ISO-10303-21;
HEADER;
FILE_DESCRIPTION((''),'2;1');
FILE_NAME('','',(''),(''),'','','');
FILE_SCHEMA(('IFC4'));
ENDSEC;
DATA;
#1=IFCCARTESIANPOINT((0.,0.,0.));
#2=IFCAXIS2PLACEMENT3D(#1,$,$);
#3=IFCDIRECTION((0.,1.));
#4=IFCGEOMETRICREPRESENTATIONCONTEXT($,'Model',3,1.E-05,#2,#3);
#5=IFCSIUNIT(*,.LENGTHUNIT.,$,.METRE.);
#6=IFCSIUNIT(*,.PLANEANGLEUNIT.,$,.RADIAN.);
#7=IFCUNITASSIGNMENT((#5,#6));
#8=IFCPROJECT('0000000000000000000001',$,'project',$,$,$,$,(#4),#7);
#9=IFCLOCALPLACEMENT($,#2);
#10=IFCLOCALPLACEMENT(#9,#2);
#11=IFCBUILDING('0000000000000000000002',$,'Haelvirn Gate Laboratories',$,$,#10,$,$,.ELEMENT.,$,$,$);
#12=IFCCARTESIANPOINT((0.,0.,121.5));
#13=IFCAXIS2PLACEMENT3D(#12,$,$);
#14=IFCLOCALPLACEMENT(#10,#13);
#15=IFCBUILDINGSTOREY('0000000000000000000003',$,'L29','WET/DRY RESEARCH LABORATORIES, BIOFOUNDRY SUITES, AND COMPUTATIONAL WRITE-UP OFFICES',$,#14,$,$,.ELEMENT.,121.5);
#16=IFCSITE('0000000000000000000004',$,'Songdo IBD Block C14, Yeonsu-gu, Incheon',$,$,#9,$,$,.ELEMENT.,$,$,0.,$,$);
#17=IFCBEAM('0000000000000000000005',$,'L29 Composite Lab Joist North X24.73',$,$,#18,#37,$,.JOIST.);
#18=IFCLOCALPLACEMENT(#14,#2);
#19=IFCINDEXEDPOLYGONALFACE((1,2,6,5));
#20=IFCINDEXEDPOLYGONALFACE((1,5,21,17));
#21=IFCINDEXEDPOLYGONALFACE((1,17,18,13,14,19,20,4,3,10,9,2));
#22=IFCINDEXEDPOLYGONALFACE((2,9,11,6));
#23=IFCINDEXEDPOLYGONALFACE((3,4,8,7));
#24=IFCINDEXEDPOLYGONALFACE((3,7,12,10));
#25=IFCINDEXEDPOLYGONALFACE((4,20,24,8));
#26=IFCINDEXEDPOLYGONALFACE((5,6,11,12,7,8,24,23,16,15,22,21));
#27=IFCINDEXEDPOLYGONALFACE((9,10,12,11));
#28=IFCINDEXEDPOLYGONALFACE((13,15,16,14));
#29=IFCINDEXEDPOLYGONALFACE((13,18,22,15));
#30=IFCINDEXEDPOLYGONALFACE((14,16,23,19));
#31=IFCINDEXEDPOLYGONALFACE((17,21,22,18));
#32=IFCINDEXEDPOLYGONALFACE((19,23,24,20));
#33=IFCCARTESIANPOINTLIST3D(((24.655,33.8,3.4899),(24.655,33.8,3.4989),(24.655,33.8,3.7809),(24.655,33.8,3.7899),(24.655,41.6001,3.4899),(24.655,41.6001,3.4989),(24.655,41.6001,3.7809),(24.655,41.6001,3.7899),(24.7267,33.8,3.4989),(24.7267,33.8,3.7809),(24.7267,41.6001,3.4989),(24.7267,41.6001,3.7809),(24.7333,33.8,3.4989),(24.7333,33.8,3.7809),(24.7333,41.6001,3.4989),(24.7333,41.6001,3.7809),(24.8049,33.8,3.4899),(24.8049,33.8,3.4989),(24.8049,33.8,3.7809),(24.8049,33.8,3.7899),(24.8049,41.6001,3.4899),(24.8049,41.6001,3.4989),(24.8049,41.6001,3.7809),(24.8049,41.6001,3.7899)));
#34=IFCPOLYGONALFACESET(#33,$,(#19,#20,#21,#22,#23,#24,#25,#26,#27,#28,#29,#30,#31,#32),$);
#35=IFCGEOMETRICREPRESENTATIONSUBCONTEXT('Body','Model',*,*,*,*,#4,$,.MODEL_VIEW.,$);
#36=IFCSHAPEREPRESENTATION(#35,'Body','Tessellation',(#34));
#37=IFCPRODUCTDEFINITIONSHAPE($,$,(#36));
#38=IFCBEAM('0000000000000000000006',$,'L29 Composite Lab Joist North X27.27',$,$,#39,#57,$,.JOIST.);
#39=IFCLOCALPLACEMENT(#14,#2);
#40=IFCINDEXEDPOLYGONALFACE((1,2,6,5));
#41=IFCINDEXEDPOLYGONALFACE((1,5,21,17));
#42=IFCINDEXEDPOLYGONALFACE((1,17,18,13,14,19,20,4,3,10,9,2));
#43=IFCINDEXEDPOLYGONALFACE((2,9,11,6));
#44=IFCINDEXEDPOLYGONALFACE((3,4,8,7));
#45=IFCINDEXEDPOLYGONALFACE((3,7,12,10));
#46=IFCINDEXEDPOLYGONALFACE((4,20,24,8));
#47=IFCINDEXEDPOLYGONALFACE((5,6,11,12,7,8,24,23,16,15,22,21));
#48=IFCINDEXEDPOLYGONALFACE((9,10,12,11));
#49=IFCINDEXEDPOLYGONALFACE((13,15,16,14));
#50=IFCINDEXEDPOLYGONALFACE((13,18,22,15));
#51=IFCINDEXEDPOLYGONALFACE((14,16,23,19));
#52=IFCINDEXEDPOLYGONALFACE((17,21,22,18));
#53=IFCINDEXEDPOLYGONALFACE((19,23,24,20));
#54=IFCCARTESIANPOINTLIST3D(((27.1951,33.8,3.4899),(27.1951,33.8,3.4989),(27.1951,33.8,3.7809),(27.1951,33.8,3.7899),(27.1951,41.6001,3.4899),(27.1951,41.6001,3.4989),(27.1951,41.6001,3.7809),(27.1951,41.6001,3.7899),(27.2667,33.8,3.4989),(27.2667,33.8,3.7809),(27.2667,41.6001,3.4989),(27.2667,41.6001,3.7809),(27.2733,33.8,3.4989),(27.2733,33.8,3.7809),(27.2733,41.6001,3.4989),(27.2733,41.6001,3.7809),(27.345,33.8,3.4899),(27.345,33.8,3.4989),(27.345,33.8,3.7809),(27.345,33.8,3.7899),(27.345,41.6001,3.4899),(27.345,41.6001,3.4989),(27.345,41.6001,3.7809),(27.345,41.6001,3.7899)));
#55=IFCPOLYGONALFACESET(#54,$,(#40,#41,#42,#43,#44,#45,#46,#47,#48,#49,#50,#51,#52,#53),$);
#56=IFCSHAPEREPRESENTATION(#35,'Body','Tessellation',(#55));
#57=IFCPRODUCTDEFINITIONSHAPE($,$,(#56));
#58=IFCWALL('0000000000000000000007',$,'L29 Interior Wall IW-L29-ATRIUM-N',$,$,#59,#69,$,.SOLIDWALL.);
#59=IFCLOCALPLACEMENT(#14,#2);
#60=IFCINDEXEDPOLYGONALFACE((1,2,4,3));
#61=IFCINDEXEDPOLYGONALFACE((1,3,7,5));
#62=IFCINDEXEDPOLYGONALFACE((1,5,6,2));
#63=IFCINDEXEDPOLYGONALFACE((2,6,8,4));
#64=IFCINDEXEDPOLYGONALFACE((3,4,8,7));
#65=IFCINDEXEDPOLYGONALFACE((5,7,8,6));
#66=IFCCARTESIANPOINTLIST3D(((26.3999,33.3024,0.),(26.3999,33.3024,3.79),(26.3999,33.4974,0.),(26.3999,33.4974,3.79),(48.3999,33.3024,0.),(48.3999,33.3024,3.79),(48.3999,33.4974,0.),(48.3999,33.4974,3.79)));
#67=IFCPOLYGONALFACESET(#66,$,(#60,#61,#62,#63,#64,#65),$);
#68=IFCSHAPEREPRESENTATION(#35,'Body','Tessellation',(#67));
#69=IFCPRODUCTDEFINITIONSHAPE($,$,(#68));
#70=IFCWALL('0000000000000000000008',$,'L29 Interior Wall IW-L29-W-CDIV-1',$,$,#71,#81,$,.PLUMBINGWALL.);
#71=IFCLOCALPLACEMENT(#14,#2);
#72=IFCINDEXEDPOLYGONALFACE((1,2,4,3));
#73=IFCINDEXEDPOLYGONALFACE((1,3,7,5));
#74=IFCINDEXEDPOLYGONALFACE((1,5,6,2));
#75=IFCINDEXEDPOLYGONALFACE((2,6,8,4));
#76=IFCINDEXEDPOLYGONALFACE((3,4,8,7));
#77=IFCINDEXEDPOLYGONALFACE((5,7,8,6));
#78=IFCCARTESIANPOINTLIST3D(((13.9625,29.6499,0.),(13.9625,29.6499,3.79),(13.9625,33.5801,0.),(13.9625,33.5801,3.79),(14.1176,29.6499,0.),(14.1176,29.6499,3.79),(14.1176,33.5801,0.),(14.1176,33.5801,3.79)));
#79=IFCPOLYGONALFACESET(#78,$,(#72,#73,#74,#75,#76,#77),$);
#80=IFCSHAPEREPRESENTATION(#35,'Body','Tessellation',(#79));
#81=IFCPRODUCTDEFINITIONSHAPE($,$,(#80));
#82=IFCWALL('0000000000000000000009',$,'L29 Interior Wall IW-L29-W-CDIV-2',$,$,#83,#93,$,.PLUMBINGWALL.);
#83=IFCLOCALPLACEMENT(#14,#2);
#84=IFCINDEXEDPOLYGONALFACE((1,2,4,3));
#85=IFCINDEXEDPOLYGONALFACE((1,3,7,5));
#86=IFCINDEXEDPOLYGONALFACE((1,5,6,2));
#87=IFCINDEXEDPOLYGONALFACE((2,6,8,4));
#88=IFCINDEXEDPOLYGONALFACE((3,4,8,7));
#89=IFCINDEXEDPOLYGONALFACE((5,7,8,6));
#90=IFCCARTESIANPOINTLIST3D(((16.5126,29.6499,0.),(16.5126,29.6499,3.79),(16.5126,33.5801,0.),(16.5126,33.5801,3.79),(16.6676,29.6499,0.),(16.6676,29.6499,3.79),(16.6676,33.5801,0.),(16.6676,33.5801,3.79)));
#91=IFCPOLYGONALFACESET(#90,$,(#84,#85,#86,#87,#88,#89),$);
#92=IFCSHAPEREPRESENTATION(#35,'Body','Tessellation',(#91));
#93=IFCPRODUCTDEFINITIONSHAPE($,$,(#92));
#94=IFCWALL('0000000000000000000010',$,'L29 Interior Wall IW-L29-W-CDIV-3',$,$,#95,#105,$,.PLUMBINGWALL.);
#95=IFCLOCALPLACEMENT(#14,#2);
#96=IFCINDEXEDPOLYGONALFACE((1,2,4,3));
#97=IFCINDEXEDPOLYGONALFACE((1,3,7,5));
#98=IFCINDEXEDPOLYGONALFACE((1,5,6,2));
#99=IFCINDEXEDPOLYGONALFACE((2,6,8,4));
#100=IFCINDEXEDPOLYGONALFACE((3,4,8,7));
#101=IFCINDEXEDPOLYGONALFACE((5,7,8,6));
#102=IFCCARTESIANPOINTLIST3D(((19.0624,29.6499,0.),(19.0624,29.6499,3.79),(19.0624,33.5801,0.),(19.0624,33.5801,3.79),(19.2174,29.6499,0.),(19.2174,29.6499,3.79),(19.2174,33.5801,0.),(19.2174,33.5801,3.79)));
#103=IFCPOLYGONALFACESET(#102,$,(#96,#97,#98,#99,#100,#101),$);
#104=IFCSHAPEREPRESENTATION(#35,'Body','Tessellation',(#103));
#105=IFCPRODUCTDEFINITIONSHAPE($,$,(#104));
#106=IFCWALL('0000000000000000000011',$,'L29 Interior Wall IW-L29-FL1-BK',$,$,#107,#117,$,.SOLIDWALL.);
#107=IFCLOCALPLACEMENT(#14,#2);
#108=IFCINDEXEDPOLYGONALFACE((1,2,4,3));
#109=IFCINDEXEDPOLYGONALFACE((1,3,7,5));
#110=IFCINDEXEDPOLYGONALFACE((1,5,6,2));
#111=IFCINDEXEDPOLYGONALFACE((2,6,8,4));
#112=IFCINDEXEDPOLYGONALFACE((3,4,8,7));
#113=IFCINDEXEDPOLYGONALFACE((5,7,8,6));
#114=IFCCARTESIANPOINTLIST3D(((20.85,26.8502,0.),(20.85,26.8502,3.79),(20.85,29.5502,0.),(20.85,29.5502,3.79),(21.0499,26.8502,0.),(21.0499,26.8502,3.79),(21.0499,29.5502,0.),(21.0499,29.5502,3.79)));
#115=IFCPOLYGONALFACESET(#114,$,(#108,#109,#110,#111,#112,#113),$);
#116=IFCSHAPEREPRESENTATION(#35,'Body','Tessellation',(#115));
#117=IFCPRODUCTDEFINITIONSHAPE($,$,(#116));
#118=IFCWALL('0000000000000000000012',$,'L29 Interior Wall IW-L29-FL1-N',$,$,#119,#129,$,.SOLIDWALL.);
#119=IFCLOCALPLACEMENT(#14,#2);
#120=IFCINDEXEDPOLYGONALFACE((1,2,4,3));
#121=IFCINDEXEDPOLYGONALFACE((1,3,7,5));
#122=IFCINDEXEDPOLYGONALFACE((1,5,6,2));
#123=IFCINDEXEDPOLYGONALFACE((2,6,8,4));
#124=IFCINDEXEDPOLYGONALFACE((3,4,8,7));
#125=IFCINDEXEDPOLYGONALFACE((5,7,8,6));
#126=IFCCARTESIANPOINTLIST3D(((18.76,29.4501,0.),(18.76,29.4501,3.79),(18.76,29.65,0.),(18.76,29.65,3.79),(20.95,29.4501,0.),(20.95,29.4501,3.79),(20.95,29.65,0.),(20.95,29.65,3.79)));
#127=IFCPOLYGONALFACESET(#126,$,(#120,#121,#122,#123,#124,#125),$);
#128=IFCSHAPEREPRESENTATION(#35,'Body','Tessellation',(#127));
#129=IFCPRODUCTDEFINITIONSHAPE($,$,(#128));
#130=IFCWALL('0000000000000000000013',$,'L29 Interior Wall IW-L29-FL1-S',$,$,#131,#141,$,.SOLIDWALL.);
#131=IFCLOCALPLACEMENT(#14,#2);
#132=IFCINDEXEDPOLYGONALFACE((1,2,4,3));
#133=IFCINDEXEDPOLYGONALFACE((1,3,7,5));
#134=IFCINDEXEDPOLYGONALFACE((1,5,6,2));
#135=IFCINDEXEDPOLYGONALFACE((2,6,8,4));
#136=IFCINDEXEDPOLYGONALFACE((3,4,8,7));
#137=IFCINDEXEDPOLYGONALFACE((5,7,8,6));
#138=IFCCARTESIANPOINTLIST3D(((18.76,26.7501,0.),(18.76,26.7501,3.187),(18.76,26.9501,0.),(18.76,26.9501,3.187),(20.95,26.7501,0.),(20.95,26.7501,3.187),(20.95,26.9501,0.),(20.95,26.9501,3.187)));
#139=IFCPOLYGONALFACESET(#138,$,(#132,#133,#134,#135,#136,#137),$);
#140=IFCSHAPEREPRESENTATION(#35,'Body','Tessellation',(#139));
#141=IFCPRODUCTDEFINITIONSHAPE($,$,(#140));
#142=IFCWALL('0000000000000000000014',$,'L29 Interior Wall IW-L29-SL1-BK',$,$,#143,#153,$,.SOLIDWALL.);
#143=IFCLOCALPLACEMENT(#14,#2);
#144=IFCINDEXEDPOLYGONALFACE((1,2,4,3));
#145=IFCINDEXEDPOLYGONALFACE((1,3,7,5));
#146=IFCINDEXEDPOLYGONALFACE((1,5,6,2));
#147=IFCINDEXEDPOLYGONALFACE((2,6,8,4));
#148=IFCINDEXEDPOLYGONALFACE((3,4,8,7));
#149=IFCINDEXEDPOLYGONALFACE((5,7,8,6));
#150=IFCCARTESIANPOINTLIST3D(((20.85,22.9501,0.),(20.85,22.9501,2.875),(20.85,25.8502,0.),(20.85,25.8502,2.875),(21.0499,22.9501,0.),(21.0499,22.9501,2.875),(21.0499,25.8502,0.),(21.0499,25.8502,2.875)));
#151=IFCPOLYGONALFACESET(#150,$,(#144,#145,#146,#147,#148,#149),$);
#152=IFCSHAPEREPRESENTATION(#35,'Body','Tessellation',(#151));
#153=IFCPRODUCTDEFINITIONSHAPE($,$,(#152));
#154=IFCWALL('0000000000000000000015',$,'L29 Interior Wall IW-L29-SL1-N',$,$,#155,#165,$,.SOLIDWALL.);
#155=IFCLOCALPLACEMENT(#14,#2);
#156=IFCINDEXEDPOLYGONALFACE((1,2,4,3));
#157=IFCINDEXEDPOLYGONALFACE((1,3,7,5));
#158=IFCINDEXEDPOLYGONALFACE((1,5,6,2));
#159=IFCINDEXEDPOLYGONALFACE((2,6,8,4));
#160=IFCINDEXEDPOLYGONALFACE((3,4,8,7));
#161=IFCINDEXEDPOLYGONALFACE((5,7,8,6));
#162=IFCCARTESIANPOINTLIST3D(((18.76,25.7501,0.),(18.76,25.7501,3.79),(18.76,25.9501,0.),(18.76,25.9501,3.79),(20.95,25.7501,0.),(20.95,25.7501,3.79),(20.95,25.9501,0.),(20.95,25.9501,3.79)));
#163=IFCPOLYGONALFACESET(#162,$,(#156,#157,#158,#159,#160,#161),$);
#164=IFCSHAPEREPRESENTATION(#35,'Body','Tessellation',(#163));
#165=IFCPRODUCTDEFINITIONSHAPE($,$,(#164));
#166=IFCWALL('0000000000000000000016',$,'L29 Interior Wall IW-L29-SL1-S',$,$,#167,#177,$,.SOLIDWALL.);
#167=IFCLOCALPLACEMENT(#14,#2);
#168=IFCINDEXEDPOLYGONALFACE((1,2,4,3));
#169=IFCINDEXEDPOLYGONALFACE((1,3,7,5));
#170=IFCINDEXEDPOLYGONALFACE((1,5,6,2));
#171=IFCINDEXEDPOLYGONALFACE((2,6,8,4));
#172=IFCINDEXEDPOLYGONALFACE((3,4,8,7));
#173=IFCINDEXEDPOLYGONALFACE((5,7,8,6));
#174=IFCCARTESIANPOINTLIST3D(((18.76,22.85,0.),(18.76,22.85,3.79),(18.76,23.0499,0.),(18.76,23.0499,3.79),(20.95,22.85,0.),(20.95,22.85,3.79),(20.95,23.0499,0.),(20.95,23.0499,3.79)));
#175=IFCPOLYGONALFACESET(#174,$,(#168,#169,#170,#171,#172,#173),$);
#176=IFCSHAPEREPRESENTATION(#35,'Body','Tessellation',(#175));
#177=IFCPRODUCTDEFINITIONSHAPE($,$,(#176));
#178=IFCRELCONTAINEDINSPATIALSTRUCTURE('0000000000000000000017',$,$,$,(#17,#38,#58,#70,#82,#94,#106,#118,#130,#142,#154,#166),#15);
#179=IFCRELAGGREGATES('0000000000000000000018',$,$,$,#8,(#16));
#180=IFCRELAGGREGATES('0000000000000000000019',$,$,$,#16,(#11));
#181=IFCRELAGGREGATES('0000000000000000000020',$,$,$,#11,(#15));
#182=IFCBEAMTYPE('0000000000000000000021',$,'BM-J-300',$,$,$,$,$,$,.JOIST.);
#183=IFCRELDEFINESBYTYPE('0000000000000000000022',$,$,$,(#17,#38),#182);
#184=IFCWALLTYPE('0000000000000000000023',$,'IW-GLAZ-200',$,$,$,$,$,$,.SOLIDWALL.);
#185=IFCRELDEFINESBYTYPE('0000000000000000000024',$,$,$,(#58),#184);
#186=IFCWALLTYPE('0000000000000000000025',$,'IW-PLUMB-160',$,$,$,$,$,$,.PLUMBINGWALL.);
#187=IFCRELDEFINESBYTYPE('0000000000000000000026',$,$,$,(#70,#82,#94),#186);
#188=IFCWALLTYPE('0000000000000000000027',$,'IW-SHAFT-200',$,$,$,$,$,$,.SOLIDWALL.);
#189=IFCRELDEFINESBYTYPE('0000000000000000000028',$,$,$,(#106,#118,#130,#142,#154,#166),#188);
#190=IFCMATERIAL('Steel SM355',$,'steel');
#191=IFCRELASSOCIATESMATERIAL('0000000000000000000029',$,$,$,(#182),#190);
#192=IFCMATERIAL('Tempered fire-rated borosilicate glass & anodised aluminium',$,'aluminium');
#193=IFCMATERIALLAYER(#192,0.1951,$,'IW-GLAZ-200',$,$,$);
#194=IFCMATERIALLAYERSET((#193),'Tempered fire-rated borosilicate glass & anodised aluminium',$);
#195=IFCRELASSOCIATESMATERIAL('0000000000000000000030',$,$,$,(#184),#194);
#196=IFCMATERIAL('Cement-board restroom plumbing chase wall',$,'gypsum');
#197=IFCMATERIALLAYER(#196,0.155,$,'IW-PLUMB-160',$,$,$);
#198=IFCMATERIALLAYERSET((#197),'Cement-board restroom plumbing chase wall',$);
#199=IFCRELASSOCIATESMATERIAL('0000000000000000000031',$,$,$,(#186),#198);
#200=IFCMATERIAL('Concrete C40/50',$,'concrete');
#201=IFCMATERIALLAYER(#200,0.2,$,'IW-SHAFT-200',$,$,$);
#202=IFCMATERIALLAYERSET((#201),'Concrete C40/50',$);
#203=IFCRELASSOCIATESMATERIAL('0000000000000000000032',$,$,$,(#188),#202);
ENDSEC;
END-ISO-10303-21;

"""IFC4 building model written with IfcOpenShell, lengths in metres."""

from ifc_helpers import new_model, si_unit, direction, frame, frame_2d, origin, origin_2d, place, context, subcontext, project, spatial, rectangle, i_section, extrude, source, transform, mapped, material, layer, layer_set, material_profile, profile_set, type_object, type_shapes, element, save


model = new_model("IFC4")

# Units and contexts
model_context = context("Model", 3, precision=1e-05, world=origin(), true_north=direction((0.0, 1.0)))
body_context = subcontext(model_context, "Body", "Model", "MODEL_VIEW")
ifc_project = project(units=[si_unit("LENGTHUNIT", "METRE"), si_unit("PLANEANGLEUNIT", "RADIAN")], contexts=[model_context])

# Site, building, storey
site_placement = place(None, origin())
site = spatial("IfcSite", under=ifc_project, at=site_placement, Name="Songdo IBD Block C14, Yeonsu-gu, Incheon", CompositionType="ELEMENT", RefElevation=0.0)
building_placement = place(site_placement, origin())
building = spatial("IfcBuilding", under=site, at=building_placement, Name="Haelvirn Gate Laboratories", CompositionType="ELEMENT")
storey_placement = place(building_placement, frame((0.0, 0.0, 121.5)))
storey = spatial("IfcBuildingStorey", under=building, at=storey_placement, Name="L29", Description="WET/DRY RESEARCH LABORATORIES, BIOFOUNDRY SUITES, AND COMPUTATIONAL WRITE-UP OFFICES", CompositionType="ELEMENT", Elevation=121.5)

# Shared definitions
ifc_material_1 = material(Name="Steel SM355", Category="steel")

# Beams
ifc_material_profile_1 = material_profile(ifc_material_1, i_section(OverallWidth=0.1499, OverallDepth=0.3, WebThickness=0.0066, FlangeThickness=0.009, at=origin_2d()), Name="H-300x150x6.5x9")
ifc_profile_set_1 = profile_set([ifc_material_profile_1], Name="Steel SM355")
beam_type_1 = type_object("IfcBeamType", Name="BM-J-300", PredefinedType="JOIST", material=ifc_profile_set_1)
shared_shape_1 = source(origin(), body_context, "Body", "SweptSolid", [
    extrude(i_section(OverallWidth=0.1499, OverallDepth=0.3, WebThickness=0.0066, FlangeThickness=0.009, at=origin_2d()), origin(), (0.0, 0.0, 1.0), 7.8),
])
type_shapes(beam_type_1, [shared_shape_1])
for number, where, z_axis, x_axis, name in (
    (1, (24.73, 33.8, 3.6399), (0.0, 1.0, 0.0), (-1.0, 0.0, 0.0), "L29 Composite Lab Joist North X24.73"),
    (2, (27.27, 33.8, 3.6399), (0.0, 1.0, 0.0), (-1.0, 0.0, 0.0), "L29 Composite Lab Joist North X27.27"),
):
    element("IfcBeam", number, at=place(storey_placement, frame(where, z_axis=z_axis, x_axis=x_axis)), inside=storey, type_object=beam_type_1, Name=name, PredefinedType="JOIST", context=body_context, shape_type="MappedRepresentation", body=[
        mapped(shared_shape_1, transform((0.0, 0.0, 0.0), scale=1.0)),
    ])

# Walls
ifc_material_2 = material(Name="Tempered fire-rated borosilicate glass & anodised aluminium", Category="aluminium")
ifc_layer_1 = layer(ifc_material_2, 0.1951, Name="IW-GLAZ-200")
ifc_layer_set_1 = layer_set([ifc_layer_1], Name="Tempered fire-rated borosilicate glass & anodised aluminium")
wall_type_1 = type_object("IfcWallType", Name="IW-GLAZ-200", PredefinedType="SOLIDWALL", material=ifc_layer_set_1)
wall_1_placement = place(storey_placement, frame((26.3999, 33.3999, 0.0), z_axis=(0.0, 0.0, 1.0), x_axis=(1.0, 0.0, 0.0)))
element("IfcWall", 3, at=wall_1_placement, inside=storey, type_object=wall_type_1, Name="L29 Interior Wall IW-L29-ATRIUM-N", PredefinedType="SOLIDWALL", context=body_context, shape_type="SweptSolid", body=[
    extrude(rectangle(XDim=22.0, YDim=0.1951, at=frame_2d((11.0, 0.0))), origin(), (0.0, 0.0, 1.0), 3.79),
])
ifc_material_3 = material(Name="Cement-board restroom plumbing chase wall", Category="gypsum")
ifc_layer_2 = layer(ifc_material_3, 0.155, Name="IW-PLUMB-160")
ifc_layer_set_2 = layer_set([ifc_layer_2], Name="Cement-board restroom plumbing chase wall")
wall_type_2 = type_object("IfcWallType", Name="IW-PLUMB-160", PredefinedType="PLUMBINGWALL", material=ifc_layer_set_2)
for number, where, z_axis, x_axis, name in (
    (4, (14.04, 29.6499, 0.0), (0.0, 0.0, 1.0), (0.0, 1.0, 0.0), "L29 Interior Wall IW-L29-W-CDIV-1"),
    (5, (16.5901, 29.6499, 0.0), (0.0, 0.0, 1.0), (0.0, 1.0, 0.0), "L29 Interior Wall IW-L29-W-CDIV-2"),
    (6, (19.1399, 29.6499, 0.0), (0.0, 0.0, 1.0), (0.0, 1.0, 0.0), "L29 Interior Wall IW-L29-W-CDIV-3"),
):
    element("IfcWall", number, at=place(storey_placement, frame(where, z_axis=z_axis, x_axis=x_axis)), inside=storey, type_object=wall_type_2, Name=name, PredefinedType="PLUMBINGWALL", context=body_context, shape_type="SweptSolid", body=[
        extrude(rectangle(XDim=3.9302, YDim=0.155, at=frame_2d((1.9651, 0.0))), origin(), (0.0, 0.0, 1.0), 3.79),
    ])
ifc_material_4 = material(Name="Concrete C40/50", Category="concrete")
ifc_layer_3 = layer(ifc_material_4, 0.2, Name="IW-SHAFT-200")
ifc_layer_set_3 = layer_set([ifc_layer_3], Name="Concrete C40/50")
wall_type_3 = type_object("IfcWallType", Name="IW-SHAFT-200", PredefinedType="SOLIDWALL", material=ifc_layer_set_3)
wall_2_placement = place(storey_placement, frame((20.95, 26.8501, 0.0), z_axis=(0.0, 0.0, 1.0), x_axis=(0.0, 1.0, 0.0)))
element("IfcWall", 7, at=wall_2_placement, inside=storey, type_object=wall_type_3, Name="L29 Interior Wall IW-L29-FL1-BK", PredefinedType="SOLIDWALL", context=body_context, shape_type="SweptSolid", body=[
    extrude(rectangle(XDim=2.7, YDim=0.2, at=frame_2d((1.3501, 0.0))), origin(), (0.0, 0.0, 1.0), 3.79),
])
wall_3_placement = place(storey_placement, frame((18.76, 29.55, 0.0), z_axis=(0.0, 0.0, 1.0), x_axis=(1.0, 0.0, 0.0)))
element("IfcWall", 8, at=wall_3_placement, inside=storey, type_object=wall_type_3, Name="L29 Interior Wall IW-L29-FL1-N", PredefinedType="SOLIDWALL", context=body_context, shape_type="SweptSolid", body=[
    extrude(rectangle(XDim=2.1899, YDim=0.2, at=frame_2d((1.095, 0.0))), origin(), (0.0, 0.0, 1.0), 3.79),
])
wall_4_placement = place(storey_placement, frame((18.76, 26.8501, 0.0), z_axis=(0.0, 0.0, 1.0), x_axis=(1.0, 0.0, 0.0)))
element("IfcWall", 9, at=wall_4_placement, inside=storey, type_object=wall_type_3, Name="L29 Interior Wall IW-L29-FL1-S", PredefinedType="SOLIDWALL", context=body_context, shape_type="SweptSolid", body=[
    extrude(rectangle(XDim=2.1899, YDim=0.2, at=frame_2d((1.095, 0.0))), origin(), (0.0, 0.0, 1.0), 3.187),
])
wall_5_placement = place(storey_placement, frame((20.95, 22.95, 0.0), z_axis=(0.0, 0.0, 1.0), x_axis=(0.0, 1.0, 0.0)))
element("IfcWall", 10, at=wall_5_placement, inside=storey, type_object=wall_type_3, Name="L29 Interior Wall IW-L29-SL1-BK", PredefinedType="SOLIDWALL", context=body_context, shape_type="SweptSolid", body=[
    extrude(rectangle(XDim=2.9001, YDim=0.2, at=frame_2d((1.4502, 0.0))), origin(), (0.0, 0.0, 1.0), 2.875),
])
for number, where, z_axis, x_axis, name in (
    (11, (18.76, 25.8501, 0.0), (0.0, 0.0, 1.0), (1.0, 0.0, 0.0), "L29 Interior Wall IW-L29-SL1-N"),
    (12, (18.76, 22.95, 0.0), (0.0, 0.0, 1.0), (1.0, 0.0, 0.0), "L29 Interior Wall IW-L29-SL1-S"),
):
    element("IfcWall", number, at=place(storey_placement, frame(where, z_axis=z_axis, x_axis=x_axis)), inside=storey, type_object=wall_type_3, Name=name, PredefinedType="SOLIDWALL", context=body_context, shape_type="SweptSolid", body=[
        extrude(rectangle(XDim=2.1899, YDim=0.2, at=frame_2d((1.095, 0.0))), origin(), (0.0, 0.0, 1.0), 3.79),
    ])

save(model, "model.ifc")
